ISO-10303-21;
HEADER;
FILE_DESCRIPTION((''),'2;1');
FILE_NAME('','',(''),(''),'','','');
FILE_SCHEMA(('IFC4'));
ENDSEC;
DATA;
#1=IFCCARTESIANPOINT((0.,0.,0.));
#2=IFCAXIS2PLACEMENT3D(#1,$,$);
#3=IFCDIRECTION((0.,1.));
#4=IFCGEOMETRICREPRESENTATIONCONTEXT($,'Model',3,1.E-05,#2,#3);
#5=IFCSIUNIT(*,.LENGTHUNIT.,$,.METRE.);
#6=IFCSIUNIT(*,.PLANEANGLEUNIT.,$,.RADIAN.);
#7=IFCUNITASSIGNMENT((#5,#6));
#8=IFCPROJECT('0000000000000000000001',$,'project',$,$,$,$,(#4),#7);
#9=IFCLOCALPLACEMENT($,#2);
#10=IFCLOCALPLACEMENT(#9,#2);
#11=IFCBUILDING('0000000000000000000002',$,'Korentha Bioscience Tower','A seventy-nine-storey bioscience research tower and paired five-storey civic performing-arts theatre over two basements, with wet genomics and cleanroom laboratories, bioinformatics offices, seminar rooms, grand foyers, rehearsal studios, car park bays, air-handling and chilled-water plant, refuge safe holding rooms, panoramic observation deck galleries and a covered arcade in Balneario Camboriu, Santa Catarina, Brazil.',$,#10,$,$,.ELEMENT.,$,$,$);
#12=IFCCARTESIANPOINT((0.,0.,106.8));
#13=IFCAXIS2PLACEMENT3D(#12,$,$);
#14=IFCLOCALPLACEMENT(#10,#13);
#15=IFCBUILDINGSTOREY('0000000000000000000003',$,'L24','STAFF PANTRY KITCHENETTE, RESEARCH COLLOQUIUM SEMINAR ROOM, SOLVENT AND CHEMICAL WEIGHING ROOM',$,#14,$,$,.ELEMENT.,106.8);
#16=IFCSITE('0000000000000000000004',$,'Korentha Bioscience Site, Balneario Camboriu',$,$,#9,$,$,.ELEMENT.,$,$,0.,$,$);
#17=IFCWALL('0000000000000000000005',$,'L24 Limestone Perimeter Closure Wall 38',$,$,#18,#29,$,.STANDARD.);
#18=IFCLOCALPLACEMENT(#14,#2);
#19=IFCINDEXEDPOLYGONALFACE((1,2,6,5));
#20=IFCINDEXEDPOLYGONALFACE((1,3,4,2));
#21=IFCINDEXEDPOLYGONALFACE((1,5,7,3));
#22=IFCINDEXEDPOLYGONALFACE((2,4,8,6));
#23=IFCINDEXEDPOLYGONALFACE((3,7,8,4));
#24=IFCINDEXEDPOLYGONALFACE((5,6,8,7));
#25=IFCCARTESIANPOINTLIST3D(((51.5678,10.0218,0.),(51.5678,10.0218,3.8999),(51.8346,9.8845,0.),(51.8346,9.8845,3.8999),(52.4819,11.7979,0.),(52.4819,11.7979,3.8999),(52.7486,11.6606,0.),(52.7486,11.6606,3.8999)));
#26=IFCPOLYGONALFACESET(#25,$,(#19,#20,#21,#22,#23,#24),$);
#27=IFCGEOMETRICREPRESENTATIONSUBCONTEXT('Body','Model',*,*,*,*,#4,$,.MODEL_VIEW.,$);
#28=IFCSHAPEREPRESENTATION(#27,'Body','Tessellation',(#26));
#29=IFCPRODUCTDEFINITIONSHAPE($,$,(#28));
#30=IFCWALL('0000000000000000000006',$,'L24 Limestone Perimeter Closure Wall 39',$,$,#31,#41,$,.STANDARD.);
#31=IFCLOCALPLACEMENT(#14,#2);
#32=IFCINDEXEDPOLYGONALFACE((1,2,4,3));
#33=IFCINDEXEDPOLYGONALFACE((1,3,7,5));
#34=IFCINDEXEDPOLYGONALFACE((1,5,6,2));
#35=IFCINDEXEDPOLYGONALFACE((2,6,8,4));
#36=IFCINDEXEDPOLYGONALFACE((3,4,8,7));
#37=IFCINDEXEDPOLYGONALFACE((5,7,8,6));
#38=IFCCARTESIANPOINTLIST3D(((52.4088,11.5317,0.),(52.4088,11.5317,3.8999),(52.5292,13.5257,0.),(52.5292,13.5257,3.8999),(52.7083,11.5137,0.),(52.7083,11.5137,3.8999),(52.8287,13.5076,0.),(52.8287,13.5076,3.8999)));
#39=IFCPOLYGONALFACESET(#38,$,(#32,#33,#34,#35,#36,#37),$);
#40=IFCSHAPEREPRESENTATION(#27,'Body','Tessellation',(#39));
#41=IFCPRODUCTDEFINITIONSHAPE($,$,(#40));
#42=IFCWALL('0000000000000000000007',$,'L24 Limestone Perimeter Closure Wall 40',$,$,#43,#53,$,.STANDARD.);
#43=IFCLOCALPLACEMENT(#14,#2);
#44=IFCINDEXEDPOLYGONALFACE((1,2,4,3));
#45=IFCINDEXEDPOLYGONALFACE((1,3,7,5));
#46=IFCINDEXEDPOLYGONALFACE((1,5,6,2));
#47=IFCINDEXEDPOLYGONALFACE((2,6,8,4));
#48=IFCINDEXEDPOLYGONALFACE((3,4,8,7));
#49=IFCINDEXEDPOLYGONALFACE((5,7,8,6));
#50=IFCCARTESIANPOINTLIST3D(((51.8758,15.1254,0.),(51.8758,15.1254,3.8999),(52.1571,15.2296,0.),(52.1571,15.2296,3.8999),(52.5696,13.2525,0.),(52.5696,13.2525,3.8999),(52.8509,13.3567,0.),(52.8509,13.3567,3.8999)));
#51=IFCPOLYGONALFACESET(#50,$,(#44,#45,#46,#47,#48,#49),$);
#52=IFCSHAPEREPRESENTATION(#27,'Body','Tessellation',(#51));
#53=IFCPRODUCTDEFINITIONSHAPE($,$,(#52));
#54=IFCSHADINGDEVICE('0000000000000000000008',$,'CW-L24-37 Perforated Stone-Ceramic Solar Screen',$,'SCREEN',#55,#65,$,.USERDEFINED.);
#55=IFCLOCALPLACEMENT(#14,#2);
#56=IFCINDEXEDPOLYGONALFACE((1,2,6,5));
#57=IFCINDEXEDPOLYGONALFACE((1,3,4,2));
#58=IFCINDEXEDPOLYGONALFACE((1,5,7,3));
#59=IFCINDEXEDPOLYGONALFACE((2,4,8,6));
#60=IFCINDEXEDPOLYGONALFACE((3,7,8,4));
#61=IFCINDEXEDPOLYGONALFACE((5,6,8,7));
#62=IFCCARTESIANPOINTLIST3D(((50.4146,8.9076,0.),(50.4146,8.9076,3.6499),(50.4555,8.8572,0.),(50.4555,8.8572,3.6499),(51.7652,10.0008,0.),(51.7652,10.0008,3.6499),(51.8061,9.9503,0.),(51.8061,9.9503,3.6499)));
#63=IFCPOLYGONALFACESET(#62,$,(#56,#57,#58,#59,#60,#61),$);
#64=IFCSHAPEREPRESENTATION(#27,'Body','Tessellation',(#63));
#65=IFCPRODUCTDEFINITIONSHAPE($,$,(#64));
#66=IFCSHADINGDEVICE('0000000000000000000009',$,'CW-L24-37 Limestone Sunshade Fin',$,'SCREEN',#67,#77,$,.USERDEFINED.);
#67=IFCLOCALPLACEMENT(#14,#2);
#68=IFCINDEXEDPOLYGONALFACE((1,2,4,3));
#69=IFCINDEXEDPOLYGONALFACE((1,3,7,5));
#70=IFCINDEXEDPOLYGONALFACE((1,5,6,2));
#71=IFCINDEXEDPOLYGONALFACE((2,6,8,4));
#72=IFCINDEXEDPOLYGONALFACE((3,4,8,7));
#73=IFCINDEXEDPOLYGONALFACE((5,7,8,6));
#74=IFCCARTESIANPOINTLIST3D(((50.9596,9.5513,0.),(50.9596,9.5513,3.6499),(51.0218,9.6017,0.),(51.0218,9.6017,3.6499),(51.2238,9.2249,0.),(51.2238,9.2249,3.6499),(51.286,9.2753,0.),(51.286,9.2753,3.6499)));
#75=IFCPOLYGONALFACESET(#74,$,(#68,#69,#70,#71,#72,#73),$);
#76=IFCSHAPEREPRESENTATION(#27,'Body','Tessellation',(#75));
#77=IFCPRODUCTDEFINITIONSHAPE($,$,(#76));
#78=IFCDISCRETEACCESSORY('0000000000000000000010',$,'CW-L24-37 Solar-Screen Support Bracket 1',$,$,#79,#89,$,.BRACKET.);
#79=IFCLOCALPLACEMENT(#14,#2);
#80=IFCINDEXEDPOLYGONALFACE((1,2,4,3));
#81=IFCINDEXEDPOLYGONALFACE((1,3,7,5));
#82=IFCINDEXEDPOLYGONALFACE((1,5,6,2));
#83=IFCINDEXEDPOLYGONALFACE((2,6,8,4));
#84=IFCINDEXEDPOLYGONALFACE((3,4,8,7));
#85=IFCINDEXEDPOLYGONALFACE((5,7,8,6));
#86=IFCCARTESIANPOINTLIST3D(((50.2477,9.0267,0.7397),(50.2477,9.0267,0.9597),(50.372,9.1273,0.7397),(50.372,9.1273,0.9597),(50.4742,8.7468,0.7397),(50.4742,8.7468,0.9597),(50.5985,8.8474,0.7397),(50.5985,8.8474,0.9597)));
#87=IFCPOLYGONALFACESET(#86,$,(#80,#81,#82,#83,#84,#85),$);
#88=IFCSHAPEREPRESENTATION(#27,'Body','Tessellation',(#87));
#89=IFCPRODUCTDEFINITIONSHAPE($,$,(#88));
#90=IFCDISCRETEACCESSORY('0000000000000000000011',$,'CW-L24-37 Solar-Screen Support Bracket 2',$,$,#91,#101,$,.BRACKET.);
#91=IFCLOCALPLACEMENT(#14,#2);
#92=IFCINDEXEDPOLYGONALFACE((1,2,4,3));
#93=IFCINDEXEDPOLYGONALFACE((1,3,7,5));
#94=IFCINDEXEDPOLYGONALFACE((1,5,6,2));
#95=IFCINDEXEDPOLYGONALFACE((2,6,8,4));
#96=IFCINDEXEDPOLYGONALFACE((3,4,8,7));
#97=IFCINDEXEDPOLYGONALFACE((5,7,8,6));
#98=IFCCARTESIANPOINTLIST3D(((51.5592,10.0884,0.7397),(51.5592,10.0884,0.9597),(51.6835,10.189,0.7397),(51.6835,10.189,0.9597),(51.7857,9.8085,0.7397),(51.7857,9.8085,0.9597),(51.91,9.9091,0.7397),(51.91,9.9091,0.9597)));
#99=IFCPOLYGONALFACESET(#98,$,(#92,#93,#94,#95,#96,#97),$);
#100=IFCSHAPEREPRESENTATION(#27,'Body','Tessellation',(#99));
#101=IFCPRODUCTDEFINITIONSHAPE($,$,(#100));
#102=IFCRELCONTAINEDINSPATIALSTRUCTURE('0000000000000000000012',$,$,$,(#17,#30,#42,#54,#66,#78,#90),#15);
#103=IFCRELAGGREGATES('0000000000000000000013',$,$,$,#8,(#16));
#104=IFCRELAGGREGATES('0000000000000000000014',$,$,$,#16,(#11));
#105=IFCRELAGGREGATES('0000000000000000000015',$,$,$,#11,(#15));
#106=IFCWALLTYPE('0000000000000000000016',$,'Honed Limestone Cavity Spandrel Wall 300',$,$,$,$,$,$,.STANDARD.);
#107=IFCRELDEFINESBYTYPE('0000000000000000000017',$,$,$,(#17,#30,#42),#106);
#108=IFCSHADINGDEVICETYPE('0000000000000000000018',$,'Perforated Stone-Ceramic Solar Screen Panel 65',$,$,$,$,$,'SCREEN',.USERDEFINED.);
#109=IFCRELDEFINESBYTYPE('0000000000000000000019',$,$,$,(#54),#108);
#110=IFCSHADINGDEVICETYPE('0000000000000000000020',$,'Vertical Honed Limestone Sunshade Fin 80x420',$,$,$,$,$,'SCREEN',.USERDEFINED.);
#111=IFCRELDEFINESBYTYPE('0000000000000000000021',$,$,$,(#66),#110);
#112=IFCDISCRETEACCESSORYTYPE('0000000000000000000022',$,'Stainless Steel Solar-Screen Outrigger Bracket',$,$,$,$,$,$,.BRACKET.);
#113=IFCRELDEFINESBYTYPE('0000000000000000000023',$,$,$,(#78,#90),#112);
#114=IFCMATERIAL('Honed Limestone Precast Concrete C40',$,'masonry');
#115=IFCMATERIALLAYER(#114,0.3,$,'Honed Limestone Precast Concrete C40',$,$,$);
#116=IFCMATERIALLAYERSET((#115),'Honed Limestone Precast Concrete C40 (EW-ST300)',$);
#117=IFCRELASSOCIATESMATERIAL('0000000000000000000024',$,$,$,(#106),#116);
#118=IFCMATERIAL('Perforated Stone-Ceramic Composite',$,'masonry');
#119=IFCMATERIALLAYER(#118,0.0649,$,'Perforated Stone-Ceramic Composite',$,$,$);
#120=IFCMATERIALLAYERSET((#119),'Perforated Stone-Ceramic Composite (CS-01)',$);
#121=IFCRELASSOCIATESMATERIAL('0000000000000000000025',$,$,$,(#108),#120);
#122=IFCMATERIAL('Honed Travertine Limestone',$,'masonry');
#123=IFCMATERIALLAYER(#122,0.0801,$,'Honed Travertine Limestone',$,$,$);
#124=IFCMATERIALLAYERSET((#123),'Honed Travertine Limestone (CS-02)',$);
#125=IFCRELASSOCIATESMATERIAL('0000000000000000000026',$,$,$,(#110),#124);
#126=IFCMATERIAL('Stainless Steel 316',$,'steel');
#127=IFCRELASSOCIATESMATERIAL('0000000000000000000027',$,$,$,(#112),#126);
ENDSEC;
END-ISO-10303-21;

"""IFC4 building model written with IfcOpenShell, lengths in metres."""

from ifc_helpers import new_model, si_unit, direction, frame, frame_2d, origin, origin_2d, place, context, subcontext, project, spatial, rectangle, extrude, material, layer, layer_set, type_object, element, save


model = new_model("IFC4")

# Units and contexts
model_context = context("Model", 3, precision=1e-05, world=origin(), true_north=direction((0.0, 1.0)))
body_context = subcontext(model_context, "Body", "Model", "MODEL_VIEW")
ifc_project = project(units=[si_unit("LENGTHUNIT", "METRE"), si_unit("PLANEANGLEUNIT", "RADIAN")], contexts=[model_context])

# Site, building, storey
site_placement = place(None, origin())
site = spatial("IfcSite", under=ifc_project, at=site_placement, Name="Korentha Bioscience Site, Balneario Camboriu", CompositionType="ELEMENT", RefElevation=0.0)
building_placement = place(site_placement, origin())
building = spatial("IfcBuilding", under=site, at=building_placement, Name="Korentha Bioscience Tower", Description="A seventy-nine-storey bioscience research tower and paired five-storey civic performing-arts theatre over two basements, with wet genomics and cleanroom laboratories, bioinformatics offices, seminar rooms, grand foyers, rehearsal studios, car park bays, air-handling and chilled-water plant, refuge safe holding rooms, panoramic observation deck galleries and a covered arcade in Balneario Camboriu, Santa Catarina, Brazil.", CompositionType="ELEMENT")
storey_placement = place(building_placement, frame((0.0, 0.0, 106.8)))
storey = spatial("IfcBuildingStorey", under=building, at=storey_placement, Name="L24", Description="STAFF PANTRY KITCHENETTE, RESEARCH COLLOQUIUM SEMINAR ROOM, SOLVENT AND CHEMICAL WEIGHING ROOM", CompositionType="ELEMENT", Elevation=106.8)

# Shared definitions
ifc_material_1 = material(Name="Honed Limestone Precast Concrete C40", Category="masonry")
ifc_layer_1 = layer(ifc_material_1, 0.3, Name="Honed Limestone Precast Concrete C40")
ifc_layer_set_1 = layer_set([ifc_layer_1], Name="Honed Limestone Precast Concrete C40 (EW-ST300)")
wall_type = type_object("IfcWallType", Name="Honed Limestone Cavity Spandrel Wall 300", PredefinedType="STANDARD", material=ifc_layer_set_1)

# Walls
for number, where, z_axis, x_axis, name in (
    (1, (51.7012, 9.9531, 0.0), (0.0, 0.0, 1.0), (0.457597, 0.88916, 0.0), "L24 Limestone Perimeter Closure Wall 38"),
    (2, (52.5586, 11.5227, 0.0), (0.0, 0.0, 1.0), (0.060255, 0.998183, 0.0), "L24 Limestone Perimeter Closure Wall 39"),
):
    element("IfcWall", number, at=place(storey_placement, frame(where, z_axis=z_axis, x_axis=x_axis)), inside=storey, type_object=wall_type, Name=name, PredefinedType="STANDARD", context=body_context, shape_type="SweptSolid", body=[
        extrude(rectangle(XDim=1.9976, YDim=0.3, at=frame_2d((0.9988, 0.0))), origin(), (0.0, 0.0, 1.0), 3.8999),
    ])
wall_1_placement = place(storey_placement, frame((52.7102, 13.3047, 0.0), z_axis=(0.0, 0.0, 1.0), x_axis=(-0.34737, 0.937728, 0.0)))
element("IfcWall", 3, at=wall_1_placement, inside=storey, type_object=wall_type, Name="L24 Limestone Perimeter Closure Wall 40", PredefinedType="STANDARD", context=body_context, shape_type="SweptSolid", body=[
    extrude(rectangle(XDim=1.9973, YDim=0.3, at=frame_2d((0.9985, 0.0))), origin(), (0.0, 0.0, 1.0), 3.8999),
])

# Shading devices
ifc_material_2 = material(Name="Perforated Stone-Ceramic Composite", Category="masonry")
ifc_layer_2 = layer(ifc_material_2, 0.0649, Name="Perforated Stone-Ceramic Composite")
ifc_layer_set_2 = layer_set([ifc_layer_2], Name="Perforated Stone-Ceramic Composite (CS-01)")
shading_device_type_1 = type_object("IfcShadingDeviceType", Name="Perforated Stone-Ceramic Solar Screen Panel 65", ElementType="SCREEN", PredefinedType="USERDEFINED", material=ifc_layer_set_2)
shading_device_1_placement = place(storey_placement, frame((51.1104, 9.429, 0.0), z_axis=(0.0, 0.0, 1.0), x_axis=(0.777315, 0.629111, 0.0)))
element("IfcShadingDevice", 4, at=shading_device_1_placement, inside=storey, type_object=shading_device_type_1, Name="CW-L24-37 Perforated Stone-Ceramic Solar Screen", ObjectType="SCREEN", PredefinedType="USERDEFINED", context=body_context, shape_type="SweptSolid", body=[
    extrude(rectangle(XDim=1.7375, YDim=0.0649, at=origin_2d()), origin(), (0.0, 0.0, 1.0), 3.6499),
])
ifc_material_3 = material(Name="Honed Travertine Limestone", Category="masonry")
ifc_layer_3 = layer(ifc_material_3, 0.0801, Name="Honed Travertine Limestone")
ifc_layer_set_3 = layer_set([ifc_layer_3], Name="Honed Travertine Limestone (CS-02)")
shading_device_type_2 = type_object("IfcShadingDeviceType", Name="Vertical Honed Limestone Sunshade Fin 80x420", ElementType="SCREEN", PredefinedType="USERDEFINED", material=ifc_layer_set_3)
shading_device_2_placement = place(storey_placement, frame((51.1228, 9.4133, 0.0), z_axis=(0.0, 0.0, 1.0), x_axis=(0.777315, 0.629111, 0.0)))
element("IfcShadingDevice", 5, at=shading_device_2_placement, inside=storey, type_object=shading_device_type_2, Name="CW-L24-37 Limestone Sunshade Fin", ObjectType="SCREEN", PredefinedType="USERDEFINED", context=body_context, shape_type="SweptSolid", body=[
    extrude(rectangle(XDim=0.0801, YDim=0.4199, at=origin_2d()), origin(), (0.0, 0.0, 1.0), 3.6499),
])

# Discrete accessories
ifc_material_4 = material(Name="Stainless Steel 316", Category="steel")
discrete_accessory_type = type_object("IfcDiscreteAccessoryType", Name="Stainless Steel Solar-Screen Outrigger Bracket", PredefinedType="BRACKET", material=ifc_material_4)
for number, where, z_axis, x_axis, name in (
    (6, (50.4231, 8.937, 0.7397), (0.0, 0.0, 1.0), (0.777315, 0.629111, 0.0), "CW-L24-37 Solar-Screen Support Bracket 1"),
    (7, (51.7346, 9.9988, 0.7397), (0.0, 0.0, 1.0), (0.777315, 0.629111, 0.0), "CW-L24-37 Solar-Screen Support Bracket 2"),
):
    element("IfcDiscreteAccessory", number, at=place(storey_placement, frame(where, z_axis=z_axis, x_axis=x_axis)), inside=storey, type_object=discrete_accessory_type, Name=name, PredefinedType="BRACKET", context=body_context, shape_type="SweptSolid", body=[
        extrude(rectangle(XDim=0.1599, YDim=0.3601, at=origin_2d()), origin(), (0.0, 0.0, 1.0), 0.22),
    ])

save(model, "model.ifc")
